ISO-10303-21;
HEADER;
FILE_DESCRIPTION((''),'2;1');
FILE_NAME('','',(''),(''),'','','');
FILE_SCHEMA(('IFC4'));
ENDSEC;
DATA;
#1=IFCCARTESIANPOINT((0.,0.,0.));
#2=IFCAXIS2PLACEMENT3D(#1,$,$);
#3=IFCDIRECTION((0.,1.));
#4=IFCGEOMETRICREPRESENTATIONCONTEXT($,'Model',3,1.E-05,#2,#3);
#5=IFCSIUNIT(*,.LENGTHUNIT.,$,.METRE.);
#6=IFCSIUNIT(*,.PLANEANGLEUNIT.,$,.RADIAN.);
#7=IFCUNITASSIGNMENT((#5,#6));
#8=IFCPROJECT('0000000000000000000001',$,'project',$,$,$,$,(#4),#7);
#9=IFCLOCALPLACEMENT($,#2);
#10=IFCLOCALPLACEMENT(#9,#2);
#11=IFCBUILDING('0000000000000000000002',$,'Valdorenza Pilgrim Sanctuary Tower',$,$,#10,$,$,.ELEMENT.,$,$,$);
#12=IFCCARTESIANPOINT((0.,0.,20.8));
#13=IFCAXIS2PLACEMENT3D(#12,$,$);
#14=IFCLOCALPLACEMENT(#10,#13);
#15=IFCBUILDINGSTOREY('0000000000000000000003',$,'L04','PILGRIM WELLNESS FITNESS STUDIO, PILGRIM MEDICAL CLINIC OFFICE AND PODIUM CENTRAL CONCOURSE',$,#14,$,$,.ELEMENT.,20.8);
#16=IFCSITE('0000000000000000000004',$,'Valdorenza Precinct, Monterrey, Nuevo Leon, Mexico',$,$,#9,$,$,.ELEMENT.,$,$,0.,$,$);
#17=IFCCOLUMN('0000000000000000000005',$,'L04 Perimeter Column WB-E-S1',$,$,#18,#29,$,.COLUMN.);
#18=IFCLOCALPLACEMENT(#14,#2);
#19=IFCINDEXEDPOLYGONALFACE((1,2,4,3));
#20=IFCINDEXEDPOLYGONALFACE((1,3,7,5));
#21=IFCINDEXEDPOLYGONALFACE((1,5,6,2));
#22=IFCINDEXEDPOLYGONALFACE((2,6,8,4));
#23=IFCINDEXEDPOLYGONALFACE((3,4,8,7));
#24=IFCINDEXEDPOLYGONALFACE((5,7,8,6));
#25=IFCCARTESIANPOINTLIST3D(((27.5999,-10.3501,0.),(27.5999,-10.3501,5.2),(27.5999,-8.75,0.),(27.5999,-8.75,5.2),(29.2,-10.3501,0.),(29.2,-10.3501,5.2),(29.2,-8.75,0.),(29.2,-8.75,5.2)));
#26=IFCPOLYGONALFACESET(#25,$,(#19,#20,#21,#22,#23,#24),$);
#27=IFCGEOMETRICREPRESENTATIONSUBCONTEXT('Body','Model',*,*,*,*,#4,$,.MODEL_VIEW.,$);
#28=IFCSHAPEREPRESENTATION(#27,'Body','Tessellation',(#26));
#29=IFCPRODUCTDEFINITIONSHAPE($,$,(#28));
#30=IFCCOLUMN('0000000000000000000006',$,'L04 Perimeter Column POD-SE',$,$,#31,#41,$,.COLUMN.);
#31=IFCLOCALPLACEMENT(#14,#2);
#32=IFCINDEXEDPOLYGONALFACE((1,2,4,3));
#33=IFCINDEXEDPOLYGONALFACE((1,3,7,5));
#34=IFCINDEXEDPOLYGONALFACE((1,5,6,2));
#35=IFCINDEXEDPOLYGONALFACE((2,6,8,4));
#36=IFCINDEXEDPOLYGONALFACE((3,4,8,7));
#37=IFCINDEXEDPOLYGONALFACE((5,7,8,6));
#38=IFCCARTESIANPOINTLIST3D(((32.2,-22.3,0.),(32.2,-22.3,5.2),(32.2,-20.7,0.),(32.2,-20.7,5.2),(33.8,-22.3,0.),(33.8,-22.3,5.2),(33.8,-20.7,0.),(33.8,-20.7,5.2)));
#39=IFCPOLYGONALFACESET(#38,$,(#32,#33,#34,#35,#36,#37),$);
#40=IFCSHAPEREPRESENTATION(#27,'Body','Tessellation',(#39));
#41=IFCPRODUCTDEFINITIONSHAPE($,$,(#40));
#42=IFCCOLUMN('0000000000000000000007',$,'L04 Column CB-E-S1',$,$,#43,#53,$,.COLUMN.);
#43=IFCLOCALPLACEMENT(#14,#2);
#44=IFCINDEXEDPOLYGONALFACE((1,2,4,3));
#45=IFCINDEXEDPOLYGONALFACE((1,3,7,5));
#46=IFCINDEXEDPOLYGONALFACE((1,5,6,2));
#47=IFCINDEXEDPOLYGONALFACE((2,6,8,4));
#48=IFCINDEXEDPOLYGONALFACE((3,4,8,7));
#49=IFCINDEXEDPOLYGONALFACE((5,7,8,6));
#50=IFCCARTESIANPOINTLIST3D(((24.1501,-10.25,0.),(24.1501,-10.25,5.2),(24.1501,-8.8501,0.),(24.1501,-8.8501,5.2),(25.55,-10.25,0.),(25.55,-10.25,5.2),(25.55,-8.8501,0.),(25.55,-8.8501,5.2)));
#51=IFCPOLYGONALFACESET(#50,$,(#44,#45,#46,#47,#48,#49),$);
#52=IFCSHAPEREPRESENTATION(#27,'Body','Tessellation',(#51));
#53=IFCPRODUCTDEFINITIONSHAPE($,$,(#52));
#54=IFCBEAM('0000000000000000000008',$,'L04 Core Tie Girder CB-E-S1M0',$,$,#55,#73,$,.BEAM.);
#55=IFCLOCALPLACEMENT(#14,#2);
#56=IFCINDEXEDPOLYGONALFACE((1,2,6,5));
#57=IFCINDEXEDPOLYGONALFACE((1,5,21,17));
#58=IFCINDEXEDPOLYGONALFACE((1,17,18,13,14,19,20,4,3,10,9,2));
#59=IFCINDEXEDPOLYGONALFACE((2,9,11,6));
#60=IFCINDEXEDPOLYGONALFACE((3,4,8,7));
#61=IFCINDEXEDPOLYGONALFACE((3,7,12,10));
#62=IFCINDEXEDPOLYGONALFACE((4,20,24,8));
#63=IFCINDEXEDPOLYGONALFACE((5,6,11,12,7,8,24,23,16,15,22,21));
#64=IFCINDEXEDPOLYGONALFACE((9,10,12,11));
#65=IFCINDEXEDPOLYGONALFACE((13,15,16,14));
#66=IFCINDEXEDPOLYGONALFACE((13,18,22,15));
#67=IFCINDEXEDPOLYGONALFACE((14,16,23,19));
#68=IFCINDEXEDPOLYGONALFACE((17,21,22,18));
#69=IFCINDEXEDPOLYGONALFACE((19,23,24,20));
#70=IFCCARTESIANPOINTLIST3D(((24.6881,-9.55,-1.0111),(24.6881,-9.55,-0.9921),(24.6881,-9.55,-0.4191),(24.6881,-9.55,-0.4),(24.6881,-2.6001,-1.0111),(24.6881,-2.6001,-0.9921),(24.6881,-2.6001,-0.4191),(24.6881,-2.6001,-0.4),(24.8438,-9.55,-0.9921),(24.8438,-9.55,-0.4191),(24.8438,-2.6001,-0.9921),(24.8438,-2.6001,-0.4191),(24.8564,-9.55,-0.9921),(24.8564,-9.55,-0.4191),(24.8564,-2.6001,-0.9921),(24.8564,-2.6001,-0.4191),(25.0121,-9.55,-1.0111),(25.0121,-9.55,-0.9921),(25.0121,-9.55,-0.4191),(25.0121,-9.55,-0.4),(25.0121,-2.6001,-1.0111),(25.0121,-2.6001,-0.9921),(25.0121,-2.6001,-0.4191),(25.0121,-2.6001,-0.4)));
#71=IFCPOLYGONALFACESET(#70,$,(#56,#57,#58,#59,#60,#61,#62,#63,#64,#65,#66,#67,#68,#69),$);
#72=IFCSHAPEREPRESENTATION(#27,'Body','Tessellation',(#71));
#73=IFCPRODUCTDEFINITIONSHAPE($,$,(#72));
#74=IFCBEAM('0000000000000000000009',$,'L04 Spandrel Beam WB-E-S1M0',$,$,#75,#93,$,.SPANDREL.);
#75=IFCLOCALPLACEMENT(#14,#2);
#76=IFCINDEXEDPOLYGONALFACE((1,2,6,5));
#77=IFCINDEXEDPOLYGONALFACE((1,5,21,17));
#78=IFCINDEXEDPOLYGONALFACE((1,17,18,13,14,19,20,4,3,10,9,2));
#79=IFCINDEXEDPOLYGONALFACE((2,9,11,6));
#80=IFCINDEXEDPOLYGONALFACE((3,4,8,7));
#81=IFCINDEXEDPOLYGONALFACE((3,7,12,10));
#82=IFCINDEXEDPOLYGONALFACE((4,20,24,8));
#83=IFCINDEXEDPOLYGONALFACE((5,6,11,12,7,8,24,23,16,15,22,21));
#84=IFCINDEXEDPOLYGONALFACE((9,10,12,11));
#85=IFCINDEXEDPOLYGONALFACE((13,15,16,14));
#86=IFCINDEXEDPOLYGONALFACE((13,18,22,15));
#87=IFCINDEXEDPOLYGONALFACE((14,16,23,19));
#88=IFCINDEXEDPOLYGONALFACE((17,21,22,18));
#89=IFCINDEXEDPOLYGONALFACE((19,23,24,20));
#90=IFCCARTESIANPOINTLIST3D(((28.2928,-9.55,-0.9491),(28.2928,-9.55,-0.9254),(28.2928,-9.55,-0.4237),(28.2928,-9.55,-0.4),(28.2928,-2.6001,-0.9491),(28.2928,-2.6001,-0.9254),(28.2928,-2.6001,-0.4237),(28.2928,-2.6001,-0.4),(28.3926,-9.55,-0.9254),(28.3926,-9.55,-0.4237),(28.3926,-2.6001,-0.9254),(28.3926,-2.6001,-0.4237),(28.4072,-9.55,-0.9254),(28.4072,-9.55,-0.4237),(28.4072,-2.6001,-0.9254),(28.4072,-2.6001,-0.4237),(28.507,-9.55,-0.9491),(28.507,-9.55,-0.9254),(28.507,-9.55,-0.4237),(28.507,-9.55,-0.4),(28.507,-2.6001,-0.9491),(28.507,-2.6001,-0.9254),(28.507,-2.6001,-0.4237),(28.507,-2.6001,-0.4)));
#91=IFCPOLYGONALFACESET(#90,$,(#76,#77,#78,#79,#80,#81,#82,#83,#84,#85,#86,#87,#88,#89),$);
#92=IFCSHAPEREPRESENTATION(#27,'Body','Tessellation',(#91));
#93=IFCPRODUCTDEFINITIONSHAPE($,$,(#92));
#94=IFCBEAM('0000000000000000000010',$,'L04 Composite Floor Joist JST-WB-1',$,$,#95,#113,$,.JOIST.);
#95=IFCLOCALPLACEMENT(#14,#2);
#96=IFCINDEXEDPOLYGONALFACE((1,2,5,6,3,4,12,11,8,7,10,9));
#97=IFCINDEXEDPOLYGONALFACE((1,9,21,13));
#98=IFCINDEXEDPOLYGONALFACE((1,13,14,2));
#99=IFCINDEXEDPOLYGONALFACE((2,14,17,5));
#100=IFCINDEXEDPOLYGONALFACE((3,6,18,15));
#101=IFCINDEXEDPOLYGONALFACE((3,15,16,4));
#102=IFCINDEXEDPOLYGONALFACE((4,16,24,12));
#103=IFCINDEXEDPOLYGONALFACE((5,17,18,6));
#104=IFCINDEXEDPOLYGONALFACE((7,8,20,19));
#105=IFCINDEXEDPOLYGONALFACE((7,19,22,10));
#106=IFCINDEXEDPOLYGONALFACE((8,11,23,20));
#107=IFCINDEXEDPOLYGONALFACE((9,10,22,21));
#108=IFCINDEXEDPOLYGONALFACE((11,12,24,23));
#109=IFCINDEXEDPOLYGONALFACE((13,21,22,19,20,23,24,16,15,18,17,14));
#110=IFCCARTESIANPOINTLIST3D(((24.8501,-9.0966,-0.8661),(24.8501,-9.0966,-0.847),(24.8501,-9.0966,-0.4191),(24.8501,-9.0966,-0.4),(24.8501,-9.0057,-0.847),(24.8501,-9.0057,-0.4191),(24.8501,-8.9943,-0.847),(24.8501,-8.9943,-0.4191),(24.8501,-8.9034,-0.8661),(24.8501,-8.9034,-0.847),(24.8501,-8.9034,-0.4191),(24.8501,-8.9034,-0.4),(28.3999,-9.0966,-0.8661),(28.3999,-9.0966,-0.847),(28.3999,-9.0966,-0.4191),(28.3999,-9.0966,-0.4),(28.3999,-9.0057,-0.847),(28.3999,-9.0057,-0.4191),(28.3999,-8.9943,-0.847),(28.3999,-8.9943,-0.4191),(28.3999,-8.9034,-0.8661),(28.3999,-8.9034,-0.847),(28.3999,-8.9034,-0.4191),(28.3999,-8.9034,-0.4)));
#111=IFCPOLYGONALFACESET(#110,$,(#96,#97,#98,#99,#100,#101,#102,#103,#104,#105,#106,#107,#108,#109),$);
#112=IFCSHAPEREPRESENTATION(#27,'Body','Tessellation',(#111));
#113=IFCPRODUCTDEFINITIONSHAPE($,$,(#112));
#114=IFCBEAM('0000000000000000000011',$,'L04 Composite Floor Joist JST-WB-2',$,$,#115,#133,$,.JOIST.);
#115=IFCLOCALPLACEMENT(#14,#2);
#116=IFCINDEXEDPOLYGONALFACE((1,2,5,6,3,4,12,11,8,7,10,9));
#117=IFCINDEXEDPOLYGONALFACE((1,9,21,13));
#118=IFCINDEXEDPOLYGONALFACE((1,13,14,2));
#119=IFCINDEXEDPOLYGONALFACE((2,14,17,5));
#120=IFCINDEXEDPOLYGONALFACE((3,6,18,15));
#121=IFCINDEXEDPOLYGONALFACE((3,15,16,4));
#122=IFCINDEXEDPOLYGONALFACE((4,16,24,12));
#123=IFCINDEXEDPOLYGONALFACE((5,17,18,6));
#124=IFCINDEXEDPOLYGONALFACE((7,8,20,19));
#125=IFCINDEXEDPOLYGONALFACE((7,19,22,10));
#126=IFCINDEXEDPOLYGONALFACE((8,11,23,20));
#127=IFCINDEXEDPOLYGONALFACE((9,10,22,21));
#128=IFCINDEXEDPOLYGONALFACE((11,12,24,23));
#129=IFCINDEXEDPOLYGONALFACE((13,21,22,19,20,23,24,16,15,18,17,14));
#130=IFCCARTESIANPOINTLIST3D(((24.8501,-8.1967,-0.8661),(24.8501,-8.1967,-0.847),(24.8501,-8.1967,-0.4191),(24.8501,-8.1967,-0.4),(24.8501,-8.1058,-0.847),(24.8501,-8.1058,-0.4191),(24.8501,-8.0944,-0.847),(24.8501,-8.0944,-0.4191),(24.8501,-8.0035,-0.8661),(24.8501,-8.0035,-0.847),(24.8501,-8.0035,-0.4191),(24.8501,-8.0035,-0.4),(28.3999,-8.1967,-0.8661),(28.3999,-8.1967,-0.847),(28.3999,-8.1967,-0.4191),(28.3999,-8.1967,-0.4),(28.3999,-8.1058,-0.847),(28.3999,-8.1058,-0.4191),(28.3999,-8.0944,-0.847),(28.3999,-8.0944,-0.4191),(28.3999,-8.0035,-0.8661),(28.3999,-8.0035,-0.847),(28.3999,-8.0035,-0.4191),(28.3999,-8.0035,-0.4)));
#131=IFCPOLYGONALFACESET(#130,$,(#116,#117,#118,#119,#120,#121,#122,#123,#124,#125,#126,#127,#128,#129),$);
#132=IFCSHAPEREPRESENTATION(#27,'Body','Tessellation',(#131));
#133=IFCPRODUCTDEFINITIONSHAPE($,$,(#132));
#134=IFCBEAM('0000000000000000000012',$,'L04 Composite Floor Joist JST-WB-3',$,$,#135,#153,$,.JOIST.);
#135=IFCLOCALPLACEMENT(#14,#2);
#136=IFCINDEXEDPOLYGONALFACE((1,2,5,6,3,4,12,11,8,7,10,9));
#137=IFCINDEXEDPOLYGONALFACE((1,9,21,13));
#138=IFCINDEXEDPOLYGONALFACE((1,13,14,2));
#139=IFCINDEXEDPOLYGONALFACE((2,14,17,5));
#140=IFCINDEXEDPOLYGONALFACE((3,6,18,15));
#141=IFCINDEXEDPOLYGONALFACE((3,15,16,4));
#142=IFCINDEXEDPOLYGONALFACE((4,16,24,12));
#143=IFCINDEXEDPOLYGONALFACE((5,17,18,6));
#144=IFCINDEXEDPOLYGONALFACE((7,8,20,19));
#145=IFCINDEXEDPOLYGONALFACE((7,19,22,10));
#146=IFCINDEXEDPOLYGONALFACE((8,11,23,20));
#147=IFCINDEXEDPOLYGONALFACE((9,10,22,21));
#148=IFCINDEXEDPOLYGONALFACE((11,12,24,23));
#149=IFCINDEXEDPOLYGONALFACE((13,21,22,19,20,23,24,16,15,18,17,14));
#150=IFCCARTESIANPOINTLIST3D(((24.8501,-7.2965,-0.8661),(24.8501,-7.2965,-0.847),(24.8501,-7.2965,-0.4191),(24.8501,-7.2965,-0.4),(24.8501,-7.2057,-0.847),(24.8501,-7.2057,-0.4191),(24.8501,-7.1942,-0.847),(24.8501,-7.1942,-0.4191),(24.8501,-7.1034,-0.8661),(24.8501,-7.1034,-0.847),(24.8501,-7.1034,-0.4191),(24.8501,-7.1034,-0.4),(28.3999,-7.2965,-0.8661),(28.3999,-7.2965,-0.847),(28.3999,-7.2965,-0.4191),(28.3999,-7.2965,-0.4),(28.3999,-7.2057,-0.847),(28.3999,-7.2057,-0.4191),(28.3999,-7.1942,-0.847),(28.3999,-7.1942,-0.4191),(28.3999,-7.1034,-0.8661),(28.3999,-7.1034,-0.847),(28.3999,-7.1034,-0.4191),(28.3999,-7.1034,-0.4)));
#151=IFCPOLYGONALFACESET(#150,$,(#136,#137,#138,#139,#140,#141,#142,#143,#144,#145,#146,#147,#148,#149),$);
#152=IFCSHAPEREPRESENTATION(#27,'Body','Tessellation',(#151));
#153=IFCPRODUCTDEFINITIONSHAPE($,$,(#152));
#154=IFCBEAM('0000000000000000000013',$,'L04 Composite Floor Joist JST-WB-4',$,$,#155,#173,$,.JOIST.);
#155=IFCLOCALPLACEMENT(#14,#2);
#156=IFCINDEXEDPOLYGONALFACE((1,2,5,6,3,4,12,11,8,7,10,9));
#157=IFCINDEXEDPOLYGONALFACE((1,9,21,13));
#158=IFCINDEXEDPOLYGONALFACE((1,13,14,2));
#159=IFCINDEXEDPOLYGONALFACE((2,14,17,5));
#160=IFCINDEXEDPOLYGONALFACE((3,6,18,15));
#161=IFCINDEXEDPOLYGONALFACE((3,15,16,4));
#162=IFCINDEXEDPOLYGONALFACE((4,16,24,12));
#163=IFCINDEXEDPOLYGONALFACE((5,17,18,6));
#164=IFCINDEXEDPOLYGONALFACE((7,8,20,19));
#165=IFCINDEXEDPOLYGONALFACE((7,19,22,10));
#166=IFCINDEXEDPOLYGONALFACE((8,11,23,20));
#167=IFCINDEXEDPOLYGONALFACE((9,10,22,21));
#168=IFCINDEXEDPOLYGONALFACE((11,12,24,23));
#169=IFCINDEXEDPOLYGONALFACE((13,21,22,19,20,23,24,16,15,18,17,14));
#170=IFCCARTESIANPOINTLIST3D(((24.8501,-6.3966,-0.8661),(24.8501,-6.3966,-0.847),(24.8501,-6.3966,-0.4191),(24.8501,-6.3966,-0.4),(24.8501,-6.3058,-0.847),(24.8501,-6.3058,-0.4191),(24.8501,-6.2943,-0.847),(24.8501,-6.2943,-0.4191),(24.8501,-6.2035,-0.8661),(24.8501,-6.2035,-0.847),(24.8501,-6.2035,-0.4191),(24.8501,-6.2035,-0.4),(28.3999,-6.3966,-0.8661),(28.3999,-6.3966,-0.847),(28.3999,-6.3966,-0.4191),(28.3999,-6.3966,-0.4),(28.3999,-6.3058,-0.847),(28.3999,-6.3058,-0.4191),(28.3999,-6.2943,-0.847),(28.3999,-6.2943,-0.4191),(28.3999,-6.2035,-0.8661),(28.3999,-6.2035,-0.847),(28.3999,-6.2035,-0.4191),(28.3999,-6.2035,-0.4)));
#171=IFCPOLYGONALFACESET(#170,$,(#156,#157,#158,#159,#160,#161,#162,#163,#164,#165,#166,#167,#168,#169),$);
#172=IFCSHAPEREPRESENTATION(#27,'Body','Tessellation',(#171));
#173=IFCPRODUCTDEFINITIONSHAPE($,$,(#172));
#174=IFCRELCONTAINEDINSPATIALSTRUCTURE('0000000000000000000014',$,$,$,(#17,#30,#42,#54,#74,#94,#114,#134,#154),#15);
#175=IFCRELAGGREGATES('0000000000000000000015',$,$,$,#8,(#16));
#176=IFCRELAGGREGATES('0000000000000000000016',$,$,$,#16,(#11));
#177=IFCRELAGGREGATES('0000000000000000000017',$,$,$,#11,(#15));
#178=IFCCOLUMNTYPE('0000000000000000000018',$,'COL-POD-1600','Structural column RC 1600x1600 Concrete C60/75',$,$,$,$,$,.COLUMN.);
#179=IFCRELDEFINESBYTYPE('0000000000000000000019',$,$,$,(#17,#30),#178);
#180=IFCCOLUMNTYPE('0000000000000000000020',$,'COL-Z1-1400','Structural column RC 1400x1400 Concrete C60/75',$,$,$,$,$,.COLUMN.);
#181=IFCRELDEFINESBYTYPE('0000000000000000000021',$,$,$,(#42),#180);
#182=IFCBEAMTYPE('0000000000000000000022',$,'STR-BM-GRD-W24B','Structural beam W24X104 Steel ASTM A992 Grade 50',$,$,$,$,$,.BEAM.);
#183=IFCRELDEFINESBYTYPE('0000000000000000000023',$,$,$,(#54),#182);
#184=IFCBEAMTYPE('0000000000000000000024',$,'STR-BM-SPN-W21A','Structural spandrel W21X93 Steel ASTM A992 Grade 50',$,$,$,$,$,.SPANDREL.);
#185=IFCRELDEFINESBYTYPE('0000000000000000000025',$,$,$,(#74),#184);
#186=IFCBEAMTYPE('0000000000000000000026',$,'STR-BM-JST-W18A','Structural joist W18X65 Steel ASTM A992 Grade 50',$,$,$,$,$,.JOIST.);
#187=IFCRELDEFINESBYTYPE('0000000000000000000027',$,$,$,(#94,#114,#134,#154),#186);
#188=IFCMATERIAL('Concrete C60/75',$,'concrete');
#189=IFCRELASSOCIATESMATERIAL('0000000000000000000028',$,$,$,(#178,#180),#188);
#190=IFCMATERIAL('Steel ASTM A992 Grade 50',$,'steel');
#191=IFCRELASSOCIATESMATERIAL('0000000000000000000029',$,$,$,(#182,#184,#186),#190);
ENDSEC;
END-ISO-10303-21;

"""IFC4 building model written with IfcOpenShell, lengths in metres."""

from ifc_helpers import new_model, si_unit, direction, frame, origin, origin_2d, place, context, subcontext, project, spatial, rectangle, i_section, extrude, source, transform, mapped, material, material_profile, profile_set, type_object, element, save


model = new_model("IFC4")

# Units and contexts
model_context = context("Model", 3, precision=1e-05, world=origin(), true_north=direction((0.0, 1.0)))
body_context = subcontext(model_context, "Body", "Model", "MODEL_VIEW")
ifc_project = project(units=[si_unit("LENGTHUNIT", "METRE"), si_unit("PLANEANGLEUNIT", "RADIAN")], contexts=[model_context])

# Site, building, storey
site_placement = place(None, origin())
site = spatial("IfcSite", under=ifc_project, at=site_placement, Name="Valdorenza Precinct, Monterrey, Nuevo Leon, Mexico", CompositionType="ELEMENT", RefElevation=0.0)
building_placement = place(site_placement, origin())
building = spatial("IfcBuilding", under=site, at=building_placement, Name="Valdorenza Pilgrim Sanctuary Tower", CompositionType="ELEMENT")
storey_placement = place(building_placement, frame((0.0, 0.0, 20.8)))
storey = spatial("IfcBuildingStorey", under=building, at=storey_placement, Name="L04", Description="PILGRIM WELLNESS FITNESS STUDIO, PILGRIM MEDICAL CLINIC OFFICE AND PODIUM CENTRAL CONCOURSE", CompositionType="ELEMENT", Elevation=20.8)

# Columns
ifc_material_1 = material(Name="Concrete C60/75", Category="concrete")
ifc_material_profile_1 = material_profile(ifc_material_1, rectangle(XDim=1.6001, YDim=1.6001, at=origin_2d()), Name="RC 1600x1600")
ifc_profile_set_1 = profile_set([ifc_material_profile_1], Name="Concrete C60/75")
column_type_1 = type_object("IfcColumnType", Name="COL-POD-1600", Description="Structural column RC 1600x1600 Concrete C60/75", PredefinedType="COLUMN", material=ifc_profile_set_1)
shared_shape_1 = source(origin(), body_context, "Body", "SweptSolid", [
    extrude(rectangle(XDim=1.6001, YDim=1.6001, at=origin_2d()), origin(), (0.0, 0.0, 1.0), 5.2),
])
for number, where, z_axis, x_axis, name in (
    (1, (28.3999, -9.55, 0.0), (0.0, 0.0, 1.0), (1.0, 0.0, 0.0), "L04 Perimeter Column WB-E-S1"),
    (2, (33.0, -21.5, 0.0), (0.0, 0.0, 1.0), (1.0, 0.0, 0.0), "L04 Perimeter Column POD-SE"),
):
    element("IfcColumn", number, at=place(storey_placement, frame(where, z_axis=z_axis, x_axis=x_axis)), inside=storey, type_object=column_type_1, Name=name, PredefinedType="COLUMN", context=body_context, shape_type="MappedRepresentation", body=[
        mapped(shared_shape_1, transform((0.0, 0.0, 0.0), x_axis=(1.0, 0.0, 0.0), y_axis=(0.0, 1.0, 0.0), z_axis=(0.0, 0.0, 1.0), scale=1.0)),
    ])
ifc_material_profile_2 = material_profile(ifc_material_1, rectangle(XDim=1.3999, YDim=1.3999, at=origin_2d()), Name="RC 1400x1400")
ifc_profile_set_2 = profile_set([ifc_material_profile_2], Name="Concrete C60/75")
column_type_2 = type_object("IfcColumnType", Name="COL-Z1-1400", Description="Structural column RC 1400x1400 Concrete C60/75", PredefinedType="COLUMN", material=ifc_profile_set_2)
shared_shape_2 = source(origin(), body_context, "Body", "SweptSolid", [
    extrude(rectangle(XDim=1.3999, YDim=1.3999, at=origin_2d()), origin(), (0.0, 0.0, 1.0), 5.2),
])
column_placement = place(storey_placement, frame((24.8501, -9.55, 0.0), z_axis=(0.0, 0.0, 1.0), x_axis=(1.0, 0.0, 0.0)))
element("IfcColumn", 3, at=column_placement, inside=storey, type_object=column_type_2, Name="L04 Column CB-E-S1", PredefinedType="COLUMN", context=body_context, shape_type="MappedRepresentation", body=[
    mapped(shared_shape_2, transform((0.0, 0.0, 0.0), x_axis=(1.0, 0.0, 0.0), y_axis=(0.0, 1.0, 0.0), z_axis=(0.0, 0.0, 1.0), scale=1.0)),
])

# Beams
ifc_material_2 = material(Name="Steel ASTM A992 Grade 50", Category="steel")
ifc_material_profile_3 = material_profile(ifc_material_2, i_section(OverallWidth=0.324, OverallDepth=0.6111, WebThickness=0.0127, FlangeThickness=0.019, at=origin_2d()), Name="W24X104")
ifc_profile_set_3 = profile_set([ifc_material_profile_3], Name="Steel ASTM A992 Grade 50")
beam_type_1 = type_object("IfcBeamType", Name="STR-BM-GRD-W24B", Description="Structural beam W24X104 Steel ASTM A992 Grade 50", PredefinedType="BEAM", material=ifc_profile_set_3)
shared_shape_3 = source(origin(), body_context, "Body", "SweptSolid", [
    extrude(i_section(OverallWidth=0.324, OverallDepth=0.6111, WebThickness=0.0127, FlangeThickness=0.019, at=origin_2d()), origin(), (0.0, 0.0, 1.0), 6.95),
])
beam_1_placement = place(storey_placement, frame((24.8501, -9.55, -0.7056), z_axis=(0.0, 1.0, 0.0), x_axis=(-1.0, 0.0, 0.0)))
element("IfcBeam", 4, at=beam_1_placement, inside=storey, type_object=beam_type_1, Name="L04 Core Tie Girder CB-E-S1M0", PredefinedType="BEAM", context=body_context, shape_type="MappedRepresentation", body=[
    mapped(shared_shape_3, transform((0.0, 0.0, 0.0), x_axis=(1.0, 0.0, 0.0), y_axis=(0.0, 1.0, 0.0), z_axis=(0.0, 0.0, 1.0), scale=1.0)),
])
ifc_material_profile_4 = material_profile(ifc_material_2, i_section(OverallWidth=0.2141, OverallDepth=0.5491, WebThickness=0.0146, FlangeThickness=0.0237, at=origin_2d()), Name="W21X93")
ifc_profile_set_4 = profile_set([ifc_material_profile_4], Name="Steel ASTM A992 Grade 50")
beam_type_2 = type_object("IfcBeamType", Name="STR-BM-SPN-W21A", Description="Structural spandrel W21X93 Steel ASTM A992 Grade 50", PredefinedType="SPANDREL", material=ifc_profile_set_4)
shared_shape_4 = source(origin(), body_context, "Body", "SweptSolid", [
    extrude(i_section(OverallWidth=0.2141, OverallDepth=0.5491, WebThickness=0.0146, FlangeThickness=0.0237, at=origin_2d()), origin(), (0.0, 0.0, 1.0), 6.95),
])
beam_2_placement = place(storey_placement, frame((28.3999, -9.55, -0.6746), z_axis=(0.0, 1.0, 0.0), x_axis=(-1.0, 0.0, 0.0)))
element("IfcBeam", 5, at=beam_2_placement, inside=storey, type_object=beam_type_2, Name="L04 Spandrel Beam WB-E-S1M0", PredefinedType="SPANDREL", context=body_context, shape_type="MappedRepresentation", body=[
    mapped(shared_shape_4, transform((0.0, 0.0, 0.0), x_axis=(1.0, 0.0, 0.0), y_axis=(0.0, 1.0, 0.0), z_axis=(0.0, 0.0, 1.0), scale=1.0)),
])
ifc_material_profile_5 = material_profile(ifc_material_2, i_section(OverallWidth=0.1931, OverallDepth=0.4661, WebThickness=0.0115, FlangeThickness=0.019, at=origin_2d()), Name="W18X65")
ifc_profile_set_5 = profile_set([ifc_material_profile_5], Name="Steel ASTM A992 Grade 50")
beam_type_3 = type_object("IfcBeamType", Name="STR-BM-JST-W18A", Description="Structural joist W18X65 Steel ASTM A992 Grade 50", PredefinedType="JOIST", material=ifc_profile_set_5)
shared_shape_5 = source(origin(), body_context, "Body", "SweptSolid", [
    extrude(i_section(OverallWidth=0.1931, OverallDepth=0.4661, WebThickness=0.0115, FlangeThickness=0.019, at=origin_2d()), origin(), (0.0, 0.0, 1.0), 3.5498),
])
for number, where, z_axis, x_axis, name in (
    (6, (24.8501, -9.0, -0.6331), (1.0, 0.0, 0.0), (0.0, 1.0, 0.0), "L04 Composite Floor Joist JST-WB-1"),
    (7, (24.8501, -8.1001, -0.6331), (1.0, 0.0, 0.0), (0.0, 1.0, 0.0), "L04 Composite Floor Joist JST-WB-2"),
    (8, (24.8501, -7.2, -0.6331), (1.0, 0.0, 0.0), (0.0, 1.0, 0.0), "L04 Composite Floor Joist JST-WB-3"),
    (9, (24.8501, -6.3, -0.6331), (1.0, 0.0, 0.0), (0.0, 1.0, 0.0), "L04 Composite Floor Joist JST-WB-4"),
):
    element("IfcBeam", number, at=place(storey_placement, frame(where, z_axis=z_axis, x_axis=x_axis)), inside=storey, type_object=beam_type_3, Name=name, PredefinedType="JOIST", context=body_context, shape_type="MappedRepresentation", body=[
        mapped(shared_shape_5, transform((0.0, 0.0, 0.0), x_axis=(1.0, 0.0, 0.0), y_axis=(0.0, 1.0, 0.0), z_axis=(0.0, 0.0, 1.0), scale=1.0)),
    ])

save(model, "model.ifc")
